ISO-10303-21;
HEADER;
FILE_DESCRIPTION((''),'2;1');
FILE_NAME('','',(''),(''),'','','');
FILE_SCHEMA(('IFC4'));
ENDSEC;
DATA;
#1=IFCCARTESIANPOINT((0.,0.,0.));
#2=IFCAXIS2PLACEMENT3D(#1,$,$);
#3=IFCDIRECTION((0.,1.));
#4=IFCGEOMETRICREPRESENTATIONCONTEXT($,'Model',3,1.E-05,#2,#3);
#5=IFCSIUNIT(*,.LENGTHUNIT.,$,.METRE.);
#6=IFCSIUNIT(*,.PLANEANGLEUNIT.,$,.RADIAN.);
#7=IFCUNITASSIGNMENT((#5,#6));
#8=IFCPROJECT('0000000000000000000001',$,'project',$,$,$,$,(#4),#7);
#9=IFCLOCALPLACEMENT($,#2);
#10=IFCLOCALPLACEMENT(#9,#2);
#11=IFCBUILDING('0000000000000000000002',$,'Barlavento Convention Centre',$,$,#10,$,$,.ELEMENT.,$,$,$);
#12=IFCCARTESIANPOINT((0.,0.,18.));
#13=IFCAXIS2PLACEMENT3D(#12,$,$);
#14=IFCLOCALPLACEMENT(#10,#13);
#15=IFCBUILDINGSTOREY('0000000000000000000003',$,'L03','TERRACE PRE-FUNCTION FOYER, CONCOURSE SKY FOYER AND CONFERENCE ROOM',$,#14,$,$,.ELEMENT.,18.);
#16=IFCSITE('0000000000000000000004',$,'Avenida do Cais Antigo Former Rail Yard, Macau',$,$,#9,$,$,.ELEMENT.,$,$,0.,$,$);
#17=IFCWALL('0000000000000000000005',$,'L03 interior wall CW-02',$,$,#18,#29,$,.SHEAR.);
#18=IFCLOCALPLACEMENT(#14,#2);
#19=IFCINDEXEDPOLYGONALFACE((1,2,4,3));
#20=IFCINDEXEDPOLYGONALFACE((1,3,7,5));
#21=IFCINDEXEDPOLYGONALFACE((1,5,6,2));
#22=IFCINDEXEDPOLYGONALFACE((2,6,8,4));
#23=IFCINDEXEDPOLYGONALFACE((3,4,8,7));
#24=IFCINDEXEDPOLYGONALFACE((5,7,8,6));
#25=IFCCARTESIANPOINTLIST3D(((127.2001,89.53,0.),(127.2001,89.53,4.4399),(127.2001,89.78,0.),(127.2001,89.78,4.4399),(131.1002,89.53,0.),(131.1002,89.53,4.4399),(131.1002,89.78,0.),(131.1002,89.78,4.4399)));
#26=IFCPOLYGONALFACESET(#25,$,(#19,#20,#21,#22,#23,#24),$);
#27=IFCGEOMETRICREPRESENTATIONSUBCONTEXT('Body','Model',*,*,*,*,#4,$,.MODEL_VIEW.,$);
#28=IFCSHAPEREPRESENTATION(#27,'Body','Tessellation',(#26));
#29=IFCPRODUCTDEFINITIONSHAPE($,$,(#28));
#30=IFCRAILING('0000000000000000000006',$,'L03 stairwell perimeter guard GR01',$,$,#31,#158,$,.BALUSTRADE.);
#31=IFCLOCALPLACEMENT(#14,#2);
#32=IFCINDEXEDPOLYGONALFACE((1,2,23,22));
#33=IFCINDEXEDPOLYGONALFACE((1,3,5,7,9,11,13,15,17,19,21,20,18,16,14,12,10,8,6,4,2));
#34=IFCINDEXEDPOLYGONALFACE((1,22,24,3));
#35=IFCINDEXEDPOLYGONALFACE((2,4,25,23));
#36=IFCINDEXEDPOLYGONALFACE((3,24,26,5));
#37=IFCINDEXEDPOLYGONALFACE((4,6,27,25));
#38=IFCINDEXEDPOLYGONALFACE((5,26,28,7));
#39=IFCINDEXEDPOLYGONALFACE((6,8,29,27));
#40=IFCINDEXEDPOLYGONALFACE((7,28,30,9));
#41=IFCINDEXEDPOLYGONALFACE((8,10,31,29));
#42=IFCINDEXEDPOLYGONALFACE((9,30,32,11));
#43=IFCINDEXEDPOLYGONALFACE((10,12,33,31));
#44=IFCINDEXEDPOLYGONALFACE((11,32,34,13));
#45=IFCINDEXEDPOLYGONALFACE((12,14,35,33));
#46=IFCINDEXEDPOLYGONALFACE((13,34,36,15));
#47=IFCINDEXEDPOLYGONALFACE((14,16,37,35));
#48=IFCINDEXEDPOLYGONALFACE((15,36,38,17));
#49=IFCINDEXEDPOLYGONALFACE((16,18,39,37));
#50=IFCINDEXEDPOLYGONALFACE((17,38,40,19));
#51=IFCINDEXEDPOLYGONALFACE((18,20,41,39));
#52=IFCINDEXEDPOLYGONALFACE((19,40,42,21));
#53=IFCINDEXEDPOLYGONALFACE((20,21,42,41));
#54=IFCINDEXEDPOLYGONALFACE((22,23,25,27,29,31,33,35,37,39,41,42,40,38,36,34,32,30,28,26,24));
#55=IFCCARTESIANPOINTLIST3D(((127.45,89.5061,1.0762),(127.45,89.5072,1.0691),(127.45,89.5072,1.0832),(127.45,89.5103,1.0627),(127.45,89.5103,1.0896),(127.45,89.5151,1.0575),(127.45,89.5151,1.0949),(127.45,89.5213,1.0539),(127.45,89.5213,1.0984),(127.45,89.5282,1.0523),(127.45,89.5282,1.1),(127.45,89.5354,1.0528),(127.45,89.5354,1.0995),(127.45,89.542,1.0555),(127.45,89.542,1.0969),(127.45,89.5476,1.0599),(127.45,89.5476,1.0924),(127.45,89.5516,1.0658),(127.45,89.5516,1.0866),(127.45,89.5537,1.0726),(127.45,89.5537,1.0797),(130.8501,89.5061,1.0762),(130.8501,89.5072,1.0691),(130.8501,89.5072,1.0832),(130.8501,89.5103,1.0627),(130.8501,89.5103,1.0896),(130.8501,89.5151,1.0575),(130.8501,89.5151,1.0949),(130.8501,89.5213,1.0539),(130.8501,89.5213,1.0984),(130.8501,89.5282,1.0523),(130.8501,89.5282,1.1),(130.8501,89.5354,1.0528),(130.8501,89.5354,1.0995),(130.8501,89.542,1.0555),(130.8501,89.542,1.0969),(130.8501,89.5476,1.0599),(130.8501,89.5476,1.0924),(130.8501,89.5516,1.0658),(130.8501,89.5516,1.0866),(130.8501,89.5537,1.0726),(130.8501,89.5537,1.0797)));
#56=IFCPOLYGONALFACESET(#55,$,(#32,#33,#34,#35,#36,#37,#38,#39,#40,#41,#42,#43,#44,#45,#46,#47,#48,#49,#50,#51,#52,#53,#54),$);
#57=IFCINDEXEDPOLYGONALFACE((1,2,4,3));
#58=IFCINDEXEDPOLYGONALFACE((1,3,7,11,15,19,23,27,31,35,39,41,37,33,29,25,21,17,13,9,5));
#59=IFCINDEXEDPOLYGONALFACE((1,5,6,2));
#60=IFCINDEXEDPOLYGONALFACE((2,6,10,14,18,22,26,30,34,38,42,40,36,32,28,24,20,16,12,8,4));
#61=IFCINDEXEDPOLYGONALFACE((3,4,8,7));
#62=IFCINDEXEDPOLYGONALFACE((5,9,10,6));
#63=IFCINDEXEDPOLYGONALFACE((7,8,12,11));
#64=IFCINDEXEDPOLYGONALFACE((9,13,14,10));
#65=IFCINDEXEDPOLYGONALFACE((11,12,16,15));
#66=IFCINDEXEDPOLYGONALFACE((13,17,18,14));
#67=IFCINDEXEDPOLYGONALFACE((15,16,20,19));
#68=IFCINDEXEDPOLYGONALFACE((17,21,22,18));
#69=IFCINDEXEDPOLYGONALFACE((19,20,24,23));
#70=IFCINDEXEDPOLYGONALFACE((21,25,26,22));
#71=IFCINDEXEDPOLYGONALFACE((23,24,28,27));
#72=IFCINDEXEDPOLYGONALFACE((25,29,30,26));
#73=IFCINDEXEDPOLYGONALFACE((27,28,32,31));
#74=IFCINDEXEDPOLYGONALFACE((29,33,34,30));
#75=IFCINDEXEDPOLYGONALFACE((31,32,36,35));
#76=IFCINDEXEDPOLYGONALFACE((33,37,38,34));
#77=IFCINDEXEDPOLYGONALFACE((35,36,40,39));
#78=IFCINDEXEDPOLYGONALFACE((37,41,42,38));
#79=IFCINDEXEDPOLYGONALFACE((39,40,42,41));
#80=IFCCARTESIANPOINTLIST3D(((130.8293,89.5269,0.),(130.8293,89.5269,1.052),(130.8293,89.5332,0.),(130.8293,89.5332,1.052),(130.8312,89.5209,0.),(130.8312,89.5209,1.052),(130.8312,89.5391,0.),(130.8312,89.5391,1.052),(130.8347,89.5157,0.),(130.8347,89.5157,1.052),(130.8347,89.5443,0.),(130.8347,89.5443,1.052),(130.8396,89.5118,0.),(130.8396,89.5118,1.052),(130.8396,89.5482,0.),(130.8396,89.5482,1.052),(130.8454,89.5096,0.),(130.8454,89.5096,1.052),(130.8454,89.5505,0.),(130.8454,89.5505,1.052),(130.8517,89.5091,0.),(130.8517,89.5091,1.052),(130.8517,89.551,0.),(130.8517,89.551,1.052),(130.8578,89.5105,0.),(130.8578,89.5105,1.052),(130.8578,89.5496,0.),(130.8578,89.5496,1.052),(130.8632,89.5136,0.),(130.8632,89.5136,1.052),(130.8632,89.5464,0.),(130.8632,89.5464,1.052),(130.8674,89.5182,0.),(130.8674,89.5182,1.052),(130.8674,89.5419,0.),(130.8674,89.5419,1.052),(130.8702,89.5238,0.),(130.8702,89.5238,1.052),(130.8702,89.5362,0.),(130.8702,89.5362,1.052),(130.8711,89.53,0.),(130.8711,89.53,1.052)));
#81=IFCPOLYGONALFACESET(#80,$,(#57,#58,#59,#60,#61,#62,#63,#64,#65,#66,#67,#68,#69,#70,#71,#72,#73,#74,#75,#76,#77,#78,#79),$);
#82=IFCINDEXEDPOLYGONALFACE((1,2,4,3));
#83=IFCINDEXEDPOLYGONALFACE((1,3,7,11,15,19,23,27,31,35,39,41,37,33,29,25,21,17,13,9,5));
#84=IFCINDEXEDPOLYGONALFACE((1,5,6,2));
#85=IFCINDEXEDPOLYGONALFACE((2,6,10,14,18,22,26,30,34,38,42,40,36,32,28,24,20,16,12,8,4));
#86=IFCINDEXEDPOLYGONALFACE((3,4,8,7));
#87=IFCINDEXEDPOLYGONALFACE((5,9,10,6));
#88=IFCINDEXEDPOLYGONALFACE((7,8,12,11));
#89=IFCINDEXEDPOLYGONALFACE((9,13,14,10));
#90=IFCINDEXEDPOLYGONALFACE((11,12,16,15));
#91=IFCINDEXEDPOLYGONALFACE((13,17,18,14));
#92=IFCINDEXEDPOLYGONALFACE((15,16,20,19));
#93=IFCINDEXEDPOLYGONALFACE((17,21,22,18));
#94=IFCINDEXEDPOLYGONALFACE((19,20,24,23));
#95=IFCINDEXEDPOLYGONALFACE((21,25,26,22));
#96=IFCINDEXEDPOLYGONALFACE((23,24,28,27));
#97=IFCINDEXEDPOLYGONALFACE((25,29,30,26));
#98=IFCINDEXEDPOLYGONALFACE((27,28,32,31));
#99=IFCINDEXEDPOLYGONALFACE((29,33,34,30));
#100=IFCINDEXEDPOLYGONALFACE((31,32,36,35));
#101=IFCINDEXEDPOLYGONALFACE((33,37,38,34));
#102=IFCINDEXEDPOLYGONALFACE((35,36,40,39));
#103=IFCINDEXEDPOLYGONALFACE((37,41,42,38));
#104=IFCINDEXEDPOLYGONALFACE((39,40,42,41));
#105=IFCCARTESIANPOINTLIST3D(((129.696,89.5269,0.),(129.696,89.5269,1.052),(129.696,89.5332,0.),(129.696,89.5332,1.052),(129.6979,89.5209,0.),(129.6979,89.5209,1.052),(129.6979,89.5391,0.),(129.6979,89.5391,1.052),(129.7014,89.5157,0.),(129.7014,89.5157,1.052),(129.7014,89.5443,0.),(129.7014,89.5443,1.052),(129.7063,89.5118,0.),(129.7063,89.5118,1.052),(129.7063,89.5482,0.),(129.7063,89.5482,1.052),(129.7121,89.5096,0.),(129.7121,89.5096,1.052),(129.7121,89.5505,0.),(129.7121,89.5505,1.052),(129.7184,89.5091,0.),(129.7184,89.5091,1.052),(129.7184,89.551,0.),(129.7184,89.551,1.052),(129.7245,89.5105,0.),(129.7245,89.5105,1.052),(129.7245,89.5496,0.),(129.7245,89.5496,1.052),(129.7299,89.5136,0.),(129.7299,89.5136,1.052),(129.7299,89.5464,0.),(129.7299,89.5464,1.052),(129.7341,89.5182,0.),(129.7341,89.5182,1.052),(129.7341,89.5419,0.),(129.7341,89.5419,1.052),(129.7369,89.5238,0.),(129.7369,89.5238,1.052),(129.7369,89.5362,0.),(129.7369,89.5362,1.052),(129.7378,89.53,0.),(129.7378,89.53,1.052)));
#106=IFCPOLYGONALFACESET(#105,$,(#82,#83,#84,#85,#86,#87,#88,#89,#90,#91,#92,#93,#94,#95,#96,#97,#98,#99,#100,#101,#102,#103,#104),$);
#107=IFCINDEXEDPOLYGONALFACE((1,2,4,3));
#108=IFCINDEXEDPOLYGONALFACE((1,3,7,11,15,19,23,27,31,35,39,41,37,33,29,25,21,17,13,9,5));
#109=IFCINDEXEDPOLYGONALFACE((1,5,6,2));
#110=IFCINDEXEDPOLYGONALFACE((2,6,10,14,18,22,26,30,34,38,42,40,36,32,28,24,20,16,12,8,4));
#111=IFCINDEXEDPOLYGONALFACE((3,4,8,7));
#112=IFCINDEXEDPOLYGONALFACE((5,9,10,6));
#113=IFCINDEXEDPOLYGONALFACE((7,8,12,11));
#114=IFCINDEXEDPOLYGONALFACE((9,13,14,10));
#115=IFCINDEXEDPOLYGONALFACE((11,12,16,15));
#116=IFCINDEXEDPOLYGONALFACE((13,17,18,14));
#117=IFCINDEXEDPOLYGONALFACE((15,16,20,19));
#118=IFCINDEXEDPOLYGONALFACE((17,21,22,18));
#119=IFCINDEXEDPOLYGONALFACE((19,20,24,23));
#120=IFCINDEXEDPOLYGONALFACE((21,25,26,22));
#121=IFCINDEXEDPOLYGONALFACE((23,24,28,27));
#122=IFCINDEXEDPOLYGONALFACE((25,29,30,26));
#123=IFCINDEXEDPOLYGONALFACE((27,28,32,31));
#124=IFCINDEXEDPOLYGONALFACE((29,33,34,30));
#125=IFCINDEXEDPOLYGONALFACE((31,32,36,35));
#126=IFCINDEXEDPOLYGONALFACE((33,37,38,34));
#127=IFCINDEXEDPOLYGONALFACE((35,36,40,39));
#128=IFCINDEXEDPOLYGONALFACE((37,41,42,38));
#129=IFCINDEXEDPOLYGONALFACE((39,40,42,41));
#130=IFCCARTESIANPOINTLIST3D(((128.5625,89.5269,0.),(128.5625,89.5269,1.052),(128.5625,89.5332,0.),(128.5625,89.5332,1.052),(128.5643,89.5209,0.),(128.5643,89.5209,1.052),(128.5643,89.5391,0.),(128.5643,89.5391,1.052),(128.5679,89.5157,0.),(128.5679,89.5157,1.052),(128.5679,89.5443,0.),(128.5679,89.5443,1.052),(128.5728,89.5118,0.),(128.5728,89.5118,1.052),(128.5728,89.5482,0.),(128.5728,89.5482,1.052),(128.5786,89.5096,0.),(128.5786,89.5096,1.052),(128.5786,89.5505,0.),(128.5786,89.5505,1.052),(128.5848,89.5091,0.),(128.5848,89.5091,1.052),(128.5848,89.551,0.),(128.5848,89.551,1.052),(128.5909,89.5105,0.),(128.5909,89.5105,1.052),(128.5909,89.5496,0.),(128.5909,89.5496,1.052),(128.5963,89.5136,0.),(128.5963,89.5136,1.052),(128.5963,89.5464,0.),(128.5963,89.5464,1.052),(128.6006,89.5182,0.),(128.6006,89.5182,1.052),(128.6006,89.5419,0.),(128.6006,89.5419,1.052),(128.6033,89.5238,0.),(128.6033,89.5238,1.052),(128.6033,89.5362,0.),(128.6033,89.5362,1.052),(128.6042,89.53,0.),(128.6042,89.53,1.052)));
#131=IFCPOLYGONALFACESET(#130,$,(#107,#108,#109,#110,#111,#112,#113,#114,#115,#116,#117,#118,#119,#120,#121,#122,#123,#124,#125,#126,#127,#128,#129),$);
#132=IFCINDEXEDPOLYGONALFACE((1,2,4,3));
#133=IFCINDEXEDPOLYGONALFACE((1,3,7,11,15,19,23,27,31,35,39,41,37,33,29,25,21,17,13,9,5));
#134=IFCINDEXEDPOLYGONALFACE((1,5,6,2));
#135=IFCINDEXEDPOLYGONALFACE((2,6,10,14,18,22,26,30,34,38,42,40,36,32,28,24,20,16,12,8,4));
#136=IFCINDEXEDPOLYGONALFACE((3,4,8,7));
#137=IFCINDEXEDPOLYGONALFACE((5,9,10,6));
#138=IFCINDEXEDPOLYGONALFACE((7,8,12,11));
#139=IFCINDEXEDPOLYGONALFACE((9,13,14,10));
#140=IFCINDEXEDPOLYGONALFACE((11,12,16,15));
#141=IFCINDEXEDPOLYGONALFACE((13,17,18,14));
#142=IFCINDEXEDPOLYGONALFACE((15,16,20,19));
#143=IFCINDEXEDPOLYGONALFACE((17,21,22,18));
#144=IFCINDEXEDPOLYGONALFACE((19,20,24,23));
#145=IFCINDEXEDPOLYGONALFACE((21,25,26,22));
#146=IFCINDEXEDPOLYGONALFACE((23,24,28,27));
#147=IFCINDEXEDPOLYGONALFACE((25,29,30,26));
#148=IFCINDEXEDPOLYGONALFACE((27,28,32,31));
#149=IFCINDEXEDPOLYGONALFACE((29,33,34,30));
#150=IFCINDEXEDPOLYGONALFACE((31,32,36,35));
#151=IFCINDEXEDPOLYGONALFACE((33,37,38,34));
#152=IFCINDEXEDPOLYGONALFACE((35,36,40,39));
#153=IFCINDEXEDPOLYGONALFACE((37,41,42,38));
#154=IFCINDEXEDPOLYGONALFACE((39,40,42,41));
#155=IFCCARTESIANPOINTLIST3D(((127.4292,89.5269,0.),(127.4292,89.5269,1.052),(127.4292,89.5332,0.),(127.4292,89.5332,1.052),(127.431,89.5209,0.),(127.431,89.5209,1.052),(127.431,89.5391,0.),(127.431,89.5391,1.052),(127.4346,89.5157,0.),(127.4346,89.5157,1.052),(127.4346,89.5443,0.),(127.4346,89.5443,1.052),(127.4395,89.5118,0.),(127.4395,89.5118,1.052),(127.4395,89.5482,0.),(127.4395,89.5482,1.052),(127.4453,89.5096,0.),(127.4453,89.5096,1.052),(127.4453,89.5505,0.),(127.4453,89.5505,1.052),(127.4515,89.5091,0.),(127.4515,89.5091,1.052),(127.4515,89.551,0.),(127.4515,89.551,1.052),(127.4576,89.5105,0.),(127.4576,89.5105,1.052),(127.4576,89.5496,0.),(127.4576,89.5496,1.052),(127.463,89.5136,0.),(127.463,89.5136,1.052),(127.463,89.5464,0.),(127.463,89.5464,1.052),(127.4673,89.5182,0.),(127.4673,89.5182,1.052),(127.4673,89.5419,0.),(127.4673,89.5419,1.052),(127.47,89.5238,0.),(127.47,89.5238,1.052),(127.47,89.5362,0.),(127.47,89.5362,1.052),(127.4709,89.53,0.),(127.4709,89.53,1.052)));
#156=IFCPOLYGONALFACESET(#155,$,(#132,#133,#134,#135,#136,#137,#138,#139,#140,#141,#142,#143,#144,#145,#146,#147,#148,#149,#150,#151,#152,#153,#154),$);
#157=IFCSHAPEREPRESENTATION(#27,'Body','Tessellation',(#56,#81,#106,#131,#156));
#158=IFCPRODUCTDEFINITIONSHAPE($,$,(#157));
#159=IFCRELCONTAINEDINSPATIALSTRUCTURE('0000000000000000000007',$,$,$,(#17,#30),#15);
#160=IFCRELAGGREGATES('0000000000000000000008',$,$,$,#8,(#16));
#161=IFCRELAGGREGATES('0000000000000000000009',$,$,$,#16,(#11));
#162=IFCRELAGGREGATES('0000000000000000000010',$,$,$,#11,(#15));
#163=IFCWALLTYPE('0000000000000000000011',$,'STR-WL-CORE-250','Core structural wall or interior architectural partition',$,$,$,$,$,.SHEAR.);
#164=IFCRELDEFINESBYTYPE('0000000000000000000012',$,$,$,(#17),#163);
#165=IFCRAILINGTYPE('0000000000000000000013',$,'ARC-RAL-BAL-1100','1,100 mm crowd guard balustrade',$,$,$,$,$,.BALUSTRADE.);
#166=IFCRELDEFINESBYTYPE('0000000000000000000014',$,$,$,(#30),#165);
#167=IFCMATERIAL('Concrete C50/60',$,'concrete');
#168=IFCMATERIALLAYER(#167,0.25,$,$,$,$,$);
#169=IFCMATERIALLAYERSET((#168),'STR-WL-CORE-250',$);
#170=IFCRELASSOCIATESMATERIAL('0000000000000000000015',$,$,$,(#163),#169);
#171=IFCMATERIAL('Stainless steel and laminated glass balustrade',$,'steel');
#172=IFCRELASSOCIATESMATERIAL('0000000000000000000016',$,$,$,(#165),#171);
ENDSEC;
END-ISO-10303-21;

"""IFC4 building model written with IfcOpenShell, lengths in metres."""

from ifc_helpers import new_model, si_unit, direction, frame, frame_2d, origin, origin_2d, place, context, subcontext, project, spatial, rectangle, circle, extrude, material, layer, layer_set, type_object, element, save


model = new_model("IFC4")

# Units and contexts
model_context = context("Model", 3, precision=1e-05, world=origin(), true_north=direction((0.0, 1.0)))
body_context = subcontext(model_context, "Body", "Model", "MODEL_VIEW")
ifc_project = project(units=[si_unit("LENGTHUNIT", "METRE"), si_unit("PLANEANGLEUNIT", "RADIAN")], contexts=[model_context])

# Site, building, storey
site_placement = place(None, origin())
site = spatial("IfcSite", under=ifc_project, at=site_placement, Name="Avenida do Cais Antigo Former Rail Yard, Macau", CompositionType="ELEMENT", RefElevation=0.0)
building_placement = place(site_placement, origin())
building = spatial("IfcBuilding", under=site, at=building_placement, Name="Barlavento Convention Centre", CompositionType="ELEMENT")
storey_placement = place(building_placement, frame((0.0, 0.0, 18.0)))
storey = spatial("IfcBuildingStorey", under=building, at=storey_placement, Name="L03", Description="TERRACE PRE-FUNCTION FOYER, CONCOURSE SKY FOYER AND CONFERENCE ROOM", CompositionType="ELEMENT", Elevation=18.0)

# Wall
ifc_material_1 = material(Name="Concrete C50/60", Category="concrete")
ifc_layer_1 = layer(ifc_material_1, 0.25)
ifc_layer_set_1 = layer_set([ifc_layer_1], Name="STR-WL-CORE-250")
wall_type = type_object("IfcWallType", Name="STR-WL-CORE-250", Description="Core structural wall or interior architectural partition", PredefinedType="SHEAR", material=ifc_layer_set_1)
wall_placement = place(storey_placement, frame((127.2, 89.655, 0.0), z_axis=(0.0, 0.0, 1.0), x_axis=(1.0, 0.0, 0.0)))
element("IfcWall", 1, at=wall_placement, inside=storey, type_object=wall_type, Name="L03 interior wall CW-02", PredefinedType="SHEAR", context=body_context, shape_type="SweptSolid", body=[
    extrude(rectangle(XDim=3.9001, YDim=0.25, at=frame_2d((1.9502, 0.0))), origin(), (0.0, 0.0, 1.0), 4.4399),
])

# Railing
ifc_material_2 = material(Name="Stainless steel and laminated glass balustrade", Category="steel")
railing_type = type_object("IfcRailingType", Name="ARC-RAL-BAL-1100", Description="1,100 mm crowd guard balustrade", PredefinedType="BALUSTRADE", material=ifc_material_2)
railing_placement = place(storey_placement, frame((130.8501, 89.53, 0.0)))
element("IfcRailing", 2, at=railing_placement, inside=storey, type_object=railing_type, Name="L03 stairwell perimeter guard GR01", PredefinedType="BALUSTRADE", context=body_context, shape_type="SweptSolid", body=[
    extrude(circle(Radius=0.0239, at=origin_2d()), frame((0.0, 0.0, 1.0762), z_axis=(-1.0, 0.0, 0.0), x_axis=(0.0, -1.0, 0.0)), (0.0, 0.0, 1.0), 3.4001),
    extrude(circle(Radius=0.021, at=origin_2d()), origin(), (0.0, 0.0, 1.0), 1.052),
    extrude(circle(Radius=0.021, at=origin_2d()), frame((-1.1333, 0.0, 0.0)), (0.0, 0.0, 1.0), 1.052),
    extrude(circle(Radius=0.021, at=origin_2d()), frame((-2.2668, 0.0, 0.0)), (0.0, 0.0, 1.0), 1.052),
    extrude(circle(Radius=0.021, at=origin_2d()), frame((-3.4001, 0.0, 0.0)), (0.0, 0.0, 1.0), 1.052),
])

save(model, "model.ifc")
